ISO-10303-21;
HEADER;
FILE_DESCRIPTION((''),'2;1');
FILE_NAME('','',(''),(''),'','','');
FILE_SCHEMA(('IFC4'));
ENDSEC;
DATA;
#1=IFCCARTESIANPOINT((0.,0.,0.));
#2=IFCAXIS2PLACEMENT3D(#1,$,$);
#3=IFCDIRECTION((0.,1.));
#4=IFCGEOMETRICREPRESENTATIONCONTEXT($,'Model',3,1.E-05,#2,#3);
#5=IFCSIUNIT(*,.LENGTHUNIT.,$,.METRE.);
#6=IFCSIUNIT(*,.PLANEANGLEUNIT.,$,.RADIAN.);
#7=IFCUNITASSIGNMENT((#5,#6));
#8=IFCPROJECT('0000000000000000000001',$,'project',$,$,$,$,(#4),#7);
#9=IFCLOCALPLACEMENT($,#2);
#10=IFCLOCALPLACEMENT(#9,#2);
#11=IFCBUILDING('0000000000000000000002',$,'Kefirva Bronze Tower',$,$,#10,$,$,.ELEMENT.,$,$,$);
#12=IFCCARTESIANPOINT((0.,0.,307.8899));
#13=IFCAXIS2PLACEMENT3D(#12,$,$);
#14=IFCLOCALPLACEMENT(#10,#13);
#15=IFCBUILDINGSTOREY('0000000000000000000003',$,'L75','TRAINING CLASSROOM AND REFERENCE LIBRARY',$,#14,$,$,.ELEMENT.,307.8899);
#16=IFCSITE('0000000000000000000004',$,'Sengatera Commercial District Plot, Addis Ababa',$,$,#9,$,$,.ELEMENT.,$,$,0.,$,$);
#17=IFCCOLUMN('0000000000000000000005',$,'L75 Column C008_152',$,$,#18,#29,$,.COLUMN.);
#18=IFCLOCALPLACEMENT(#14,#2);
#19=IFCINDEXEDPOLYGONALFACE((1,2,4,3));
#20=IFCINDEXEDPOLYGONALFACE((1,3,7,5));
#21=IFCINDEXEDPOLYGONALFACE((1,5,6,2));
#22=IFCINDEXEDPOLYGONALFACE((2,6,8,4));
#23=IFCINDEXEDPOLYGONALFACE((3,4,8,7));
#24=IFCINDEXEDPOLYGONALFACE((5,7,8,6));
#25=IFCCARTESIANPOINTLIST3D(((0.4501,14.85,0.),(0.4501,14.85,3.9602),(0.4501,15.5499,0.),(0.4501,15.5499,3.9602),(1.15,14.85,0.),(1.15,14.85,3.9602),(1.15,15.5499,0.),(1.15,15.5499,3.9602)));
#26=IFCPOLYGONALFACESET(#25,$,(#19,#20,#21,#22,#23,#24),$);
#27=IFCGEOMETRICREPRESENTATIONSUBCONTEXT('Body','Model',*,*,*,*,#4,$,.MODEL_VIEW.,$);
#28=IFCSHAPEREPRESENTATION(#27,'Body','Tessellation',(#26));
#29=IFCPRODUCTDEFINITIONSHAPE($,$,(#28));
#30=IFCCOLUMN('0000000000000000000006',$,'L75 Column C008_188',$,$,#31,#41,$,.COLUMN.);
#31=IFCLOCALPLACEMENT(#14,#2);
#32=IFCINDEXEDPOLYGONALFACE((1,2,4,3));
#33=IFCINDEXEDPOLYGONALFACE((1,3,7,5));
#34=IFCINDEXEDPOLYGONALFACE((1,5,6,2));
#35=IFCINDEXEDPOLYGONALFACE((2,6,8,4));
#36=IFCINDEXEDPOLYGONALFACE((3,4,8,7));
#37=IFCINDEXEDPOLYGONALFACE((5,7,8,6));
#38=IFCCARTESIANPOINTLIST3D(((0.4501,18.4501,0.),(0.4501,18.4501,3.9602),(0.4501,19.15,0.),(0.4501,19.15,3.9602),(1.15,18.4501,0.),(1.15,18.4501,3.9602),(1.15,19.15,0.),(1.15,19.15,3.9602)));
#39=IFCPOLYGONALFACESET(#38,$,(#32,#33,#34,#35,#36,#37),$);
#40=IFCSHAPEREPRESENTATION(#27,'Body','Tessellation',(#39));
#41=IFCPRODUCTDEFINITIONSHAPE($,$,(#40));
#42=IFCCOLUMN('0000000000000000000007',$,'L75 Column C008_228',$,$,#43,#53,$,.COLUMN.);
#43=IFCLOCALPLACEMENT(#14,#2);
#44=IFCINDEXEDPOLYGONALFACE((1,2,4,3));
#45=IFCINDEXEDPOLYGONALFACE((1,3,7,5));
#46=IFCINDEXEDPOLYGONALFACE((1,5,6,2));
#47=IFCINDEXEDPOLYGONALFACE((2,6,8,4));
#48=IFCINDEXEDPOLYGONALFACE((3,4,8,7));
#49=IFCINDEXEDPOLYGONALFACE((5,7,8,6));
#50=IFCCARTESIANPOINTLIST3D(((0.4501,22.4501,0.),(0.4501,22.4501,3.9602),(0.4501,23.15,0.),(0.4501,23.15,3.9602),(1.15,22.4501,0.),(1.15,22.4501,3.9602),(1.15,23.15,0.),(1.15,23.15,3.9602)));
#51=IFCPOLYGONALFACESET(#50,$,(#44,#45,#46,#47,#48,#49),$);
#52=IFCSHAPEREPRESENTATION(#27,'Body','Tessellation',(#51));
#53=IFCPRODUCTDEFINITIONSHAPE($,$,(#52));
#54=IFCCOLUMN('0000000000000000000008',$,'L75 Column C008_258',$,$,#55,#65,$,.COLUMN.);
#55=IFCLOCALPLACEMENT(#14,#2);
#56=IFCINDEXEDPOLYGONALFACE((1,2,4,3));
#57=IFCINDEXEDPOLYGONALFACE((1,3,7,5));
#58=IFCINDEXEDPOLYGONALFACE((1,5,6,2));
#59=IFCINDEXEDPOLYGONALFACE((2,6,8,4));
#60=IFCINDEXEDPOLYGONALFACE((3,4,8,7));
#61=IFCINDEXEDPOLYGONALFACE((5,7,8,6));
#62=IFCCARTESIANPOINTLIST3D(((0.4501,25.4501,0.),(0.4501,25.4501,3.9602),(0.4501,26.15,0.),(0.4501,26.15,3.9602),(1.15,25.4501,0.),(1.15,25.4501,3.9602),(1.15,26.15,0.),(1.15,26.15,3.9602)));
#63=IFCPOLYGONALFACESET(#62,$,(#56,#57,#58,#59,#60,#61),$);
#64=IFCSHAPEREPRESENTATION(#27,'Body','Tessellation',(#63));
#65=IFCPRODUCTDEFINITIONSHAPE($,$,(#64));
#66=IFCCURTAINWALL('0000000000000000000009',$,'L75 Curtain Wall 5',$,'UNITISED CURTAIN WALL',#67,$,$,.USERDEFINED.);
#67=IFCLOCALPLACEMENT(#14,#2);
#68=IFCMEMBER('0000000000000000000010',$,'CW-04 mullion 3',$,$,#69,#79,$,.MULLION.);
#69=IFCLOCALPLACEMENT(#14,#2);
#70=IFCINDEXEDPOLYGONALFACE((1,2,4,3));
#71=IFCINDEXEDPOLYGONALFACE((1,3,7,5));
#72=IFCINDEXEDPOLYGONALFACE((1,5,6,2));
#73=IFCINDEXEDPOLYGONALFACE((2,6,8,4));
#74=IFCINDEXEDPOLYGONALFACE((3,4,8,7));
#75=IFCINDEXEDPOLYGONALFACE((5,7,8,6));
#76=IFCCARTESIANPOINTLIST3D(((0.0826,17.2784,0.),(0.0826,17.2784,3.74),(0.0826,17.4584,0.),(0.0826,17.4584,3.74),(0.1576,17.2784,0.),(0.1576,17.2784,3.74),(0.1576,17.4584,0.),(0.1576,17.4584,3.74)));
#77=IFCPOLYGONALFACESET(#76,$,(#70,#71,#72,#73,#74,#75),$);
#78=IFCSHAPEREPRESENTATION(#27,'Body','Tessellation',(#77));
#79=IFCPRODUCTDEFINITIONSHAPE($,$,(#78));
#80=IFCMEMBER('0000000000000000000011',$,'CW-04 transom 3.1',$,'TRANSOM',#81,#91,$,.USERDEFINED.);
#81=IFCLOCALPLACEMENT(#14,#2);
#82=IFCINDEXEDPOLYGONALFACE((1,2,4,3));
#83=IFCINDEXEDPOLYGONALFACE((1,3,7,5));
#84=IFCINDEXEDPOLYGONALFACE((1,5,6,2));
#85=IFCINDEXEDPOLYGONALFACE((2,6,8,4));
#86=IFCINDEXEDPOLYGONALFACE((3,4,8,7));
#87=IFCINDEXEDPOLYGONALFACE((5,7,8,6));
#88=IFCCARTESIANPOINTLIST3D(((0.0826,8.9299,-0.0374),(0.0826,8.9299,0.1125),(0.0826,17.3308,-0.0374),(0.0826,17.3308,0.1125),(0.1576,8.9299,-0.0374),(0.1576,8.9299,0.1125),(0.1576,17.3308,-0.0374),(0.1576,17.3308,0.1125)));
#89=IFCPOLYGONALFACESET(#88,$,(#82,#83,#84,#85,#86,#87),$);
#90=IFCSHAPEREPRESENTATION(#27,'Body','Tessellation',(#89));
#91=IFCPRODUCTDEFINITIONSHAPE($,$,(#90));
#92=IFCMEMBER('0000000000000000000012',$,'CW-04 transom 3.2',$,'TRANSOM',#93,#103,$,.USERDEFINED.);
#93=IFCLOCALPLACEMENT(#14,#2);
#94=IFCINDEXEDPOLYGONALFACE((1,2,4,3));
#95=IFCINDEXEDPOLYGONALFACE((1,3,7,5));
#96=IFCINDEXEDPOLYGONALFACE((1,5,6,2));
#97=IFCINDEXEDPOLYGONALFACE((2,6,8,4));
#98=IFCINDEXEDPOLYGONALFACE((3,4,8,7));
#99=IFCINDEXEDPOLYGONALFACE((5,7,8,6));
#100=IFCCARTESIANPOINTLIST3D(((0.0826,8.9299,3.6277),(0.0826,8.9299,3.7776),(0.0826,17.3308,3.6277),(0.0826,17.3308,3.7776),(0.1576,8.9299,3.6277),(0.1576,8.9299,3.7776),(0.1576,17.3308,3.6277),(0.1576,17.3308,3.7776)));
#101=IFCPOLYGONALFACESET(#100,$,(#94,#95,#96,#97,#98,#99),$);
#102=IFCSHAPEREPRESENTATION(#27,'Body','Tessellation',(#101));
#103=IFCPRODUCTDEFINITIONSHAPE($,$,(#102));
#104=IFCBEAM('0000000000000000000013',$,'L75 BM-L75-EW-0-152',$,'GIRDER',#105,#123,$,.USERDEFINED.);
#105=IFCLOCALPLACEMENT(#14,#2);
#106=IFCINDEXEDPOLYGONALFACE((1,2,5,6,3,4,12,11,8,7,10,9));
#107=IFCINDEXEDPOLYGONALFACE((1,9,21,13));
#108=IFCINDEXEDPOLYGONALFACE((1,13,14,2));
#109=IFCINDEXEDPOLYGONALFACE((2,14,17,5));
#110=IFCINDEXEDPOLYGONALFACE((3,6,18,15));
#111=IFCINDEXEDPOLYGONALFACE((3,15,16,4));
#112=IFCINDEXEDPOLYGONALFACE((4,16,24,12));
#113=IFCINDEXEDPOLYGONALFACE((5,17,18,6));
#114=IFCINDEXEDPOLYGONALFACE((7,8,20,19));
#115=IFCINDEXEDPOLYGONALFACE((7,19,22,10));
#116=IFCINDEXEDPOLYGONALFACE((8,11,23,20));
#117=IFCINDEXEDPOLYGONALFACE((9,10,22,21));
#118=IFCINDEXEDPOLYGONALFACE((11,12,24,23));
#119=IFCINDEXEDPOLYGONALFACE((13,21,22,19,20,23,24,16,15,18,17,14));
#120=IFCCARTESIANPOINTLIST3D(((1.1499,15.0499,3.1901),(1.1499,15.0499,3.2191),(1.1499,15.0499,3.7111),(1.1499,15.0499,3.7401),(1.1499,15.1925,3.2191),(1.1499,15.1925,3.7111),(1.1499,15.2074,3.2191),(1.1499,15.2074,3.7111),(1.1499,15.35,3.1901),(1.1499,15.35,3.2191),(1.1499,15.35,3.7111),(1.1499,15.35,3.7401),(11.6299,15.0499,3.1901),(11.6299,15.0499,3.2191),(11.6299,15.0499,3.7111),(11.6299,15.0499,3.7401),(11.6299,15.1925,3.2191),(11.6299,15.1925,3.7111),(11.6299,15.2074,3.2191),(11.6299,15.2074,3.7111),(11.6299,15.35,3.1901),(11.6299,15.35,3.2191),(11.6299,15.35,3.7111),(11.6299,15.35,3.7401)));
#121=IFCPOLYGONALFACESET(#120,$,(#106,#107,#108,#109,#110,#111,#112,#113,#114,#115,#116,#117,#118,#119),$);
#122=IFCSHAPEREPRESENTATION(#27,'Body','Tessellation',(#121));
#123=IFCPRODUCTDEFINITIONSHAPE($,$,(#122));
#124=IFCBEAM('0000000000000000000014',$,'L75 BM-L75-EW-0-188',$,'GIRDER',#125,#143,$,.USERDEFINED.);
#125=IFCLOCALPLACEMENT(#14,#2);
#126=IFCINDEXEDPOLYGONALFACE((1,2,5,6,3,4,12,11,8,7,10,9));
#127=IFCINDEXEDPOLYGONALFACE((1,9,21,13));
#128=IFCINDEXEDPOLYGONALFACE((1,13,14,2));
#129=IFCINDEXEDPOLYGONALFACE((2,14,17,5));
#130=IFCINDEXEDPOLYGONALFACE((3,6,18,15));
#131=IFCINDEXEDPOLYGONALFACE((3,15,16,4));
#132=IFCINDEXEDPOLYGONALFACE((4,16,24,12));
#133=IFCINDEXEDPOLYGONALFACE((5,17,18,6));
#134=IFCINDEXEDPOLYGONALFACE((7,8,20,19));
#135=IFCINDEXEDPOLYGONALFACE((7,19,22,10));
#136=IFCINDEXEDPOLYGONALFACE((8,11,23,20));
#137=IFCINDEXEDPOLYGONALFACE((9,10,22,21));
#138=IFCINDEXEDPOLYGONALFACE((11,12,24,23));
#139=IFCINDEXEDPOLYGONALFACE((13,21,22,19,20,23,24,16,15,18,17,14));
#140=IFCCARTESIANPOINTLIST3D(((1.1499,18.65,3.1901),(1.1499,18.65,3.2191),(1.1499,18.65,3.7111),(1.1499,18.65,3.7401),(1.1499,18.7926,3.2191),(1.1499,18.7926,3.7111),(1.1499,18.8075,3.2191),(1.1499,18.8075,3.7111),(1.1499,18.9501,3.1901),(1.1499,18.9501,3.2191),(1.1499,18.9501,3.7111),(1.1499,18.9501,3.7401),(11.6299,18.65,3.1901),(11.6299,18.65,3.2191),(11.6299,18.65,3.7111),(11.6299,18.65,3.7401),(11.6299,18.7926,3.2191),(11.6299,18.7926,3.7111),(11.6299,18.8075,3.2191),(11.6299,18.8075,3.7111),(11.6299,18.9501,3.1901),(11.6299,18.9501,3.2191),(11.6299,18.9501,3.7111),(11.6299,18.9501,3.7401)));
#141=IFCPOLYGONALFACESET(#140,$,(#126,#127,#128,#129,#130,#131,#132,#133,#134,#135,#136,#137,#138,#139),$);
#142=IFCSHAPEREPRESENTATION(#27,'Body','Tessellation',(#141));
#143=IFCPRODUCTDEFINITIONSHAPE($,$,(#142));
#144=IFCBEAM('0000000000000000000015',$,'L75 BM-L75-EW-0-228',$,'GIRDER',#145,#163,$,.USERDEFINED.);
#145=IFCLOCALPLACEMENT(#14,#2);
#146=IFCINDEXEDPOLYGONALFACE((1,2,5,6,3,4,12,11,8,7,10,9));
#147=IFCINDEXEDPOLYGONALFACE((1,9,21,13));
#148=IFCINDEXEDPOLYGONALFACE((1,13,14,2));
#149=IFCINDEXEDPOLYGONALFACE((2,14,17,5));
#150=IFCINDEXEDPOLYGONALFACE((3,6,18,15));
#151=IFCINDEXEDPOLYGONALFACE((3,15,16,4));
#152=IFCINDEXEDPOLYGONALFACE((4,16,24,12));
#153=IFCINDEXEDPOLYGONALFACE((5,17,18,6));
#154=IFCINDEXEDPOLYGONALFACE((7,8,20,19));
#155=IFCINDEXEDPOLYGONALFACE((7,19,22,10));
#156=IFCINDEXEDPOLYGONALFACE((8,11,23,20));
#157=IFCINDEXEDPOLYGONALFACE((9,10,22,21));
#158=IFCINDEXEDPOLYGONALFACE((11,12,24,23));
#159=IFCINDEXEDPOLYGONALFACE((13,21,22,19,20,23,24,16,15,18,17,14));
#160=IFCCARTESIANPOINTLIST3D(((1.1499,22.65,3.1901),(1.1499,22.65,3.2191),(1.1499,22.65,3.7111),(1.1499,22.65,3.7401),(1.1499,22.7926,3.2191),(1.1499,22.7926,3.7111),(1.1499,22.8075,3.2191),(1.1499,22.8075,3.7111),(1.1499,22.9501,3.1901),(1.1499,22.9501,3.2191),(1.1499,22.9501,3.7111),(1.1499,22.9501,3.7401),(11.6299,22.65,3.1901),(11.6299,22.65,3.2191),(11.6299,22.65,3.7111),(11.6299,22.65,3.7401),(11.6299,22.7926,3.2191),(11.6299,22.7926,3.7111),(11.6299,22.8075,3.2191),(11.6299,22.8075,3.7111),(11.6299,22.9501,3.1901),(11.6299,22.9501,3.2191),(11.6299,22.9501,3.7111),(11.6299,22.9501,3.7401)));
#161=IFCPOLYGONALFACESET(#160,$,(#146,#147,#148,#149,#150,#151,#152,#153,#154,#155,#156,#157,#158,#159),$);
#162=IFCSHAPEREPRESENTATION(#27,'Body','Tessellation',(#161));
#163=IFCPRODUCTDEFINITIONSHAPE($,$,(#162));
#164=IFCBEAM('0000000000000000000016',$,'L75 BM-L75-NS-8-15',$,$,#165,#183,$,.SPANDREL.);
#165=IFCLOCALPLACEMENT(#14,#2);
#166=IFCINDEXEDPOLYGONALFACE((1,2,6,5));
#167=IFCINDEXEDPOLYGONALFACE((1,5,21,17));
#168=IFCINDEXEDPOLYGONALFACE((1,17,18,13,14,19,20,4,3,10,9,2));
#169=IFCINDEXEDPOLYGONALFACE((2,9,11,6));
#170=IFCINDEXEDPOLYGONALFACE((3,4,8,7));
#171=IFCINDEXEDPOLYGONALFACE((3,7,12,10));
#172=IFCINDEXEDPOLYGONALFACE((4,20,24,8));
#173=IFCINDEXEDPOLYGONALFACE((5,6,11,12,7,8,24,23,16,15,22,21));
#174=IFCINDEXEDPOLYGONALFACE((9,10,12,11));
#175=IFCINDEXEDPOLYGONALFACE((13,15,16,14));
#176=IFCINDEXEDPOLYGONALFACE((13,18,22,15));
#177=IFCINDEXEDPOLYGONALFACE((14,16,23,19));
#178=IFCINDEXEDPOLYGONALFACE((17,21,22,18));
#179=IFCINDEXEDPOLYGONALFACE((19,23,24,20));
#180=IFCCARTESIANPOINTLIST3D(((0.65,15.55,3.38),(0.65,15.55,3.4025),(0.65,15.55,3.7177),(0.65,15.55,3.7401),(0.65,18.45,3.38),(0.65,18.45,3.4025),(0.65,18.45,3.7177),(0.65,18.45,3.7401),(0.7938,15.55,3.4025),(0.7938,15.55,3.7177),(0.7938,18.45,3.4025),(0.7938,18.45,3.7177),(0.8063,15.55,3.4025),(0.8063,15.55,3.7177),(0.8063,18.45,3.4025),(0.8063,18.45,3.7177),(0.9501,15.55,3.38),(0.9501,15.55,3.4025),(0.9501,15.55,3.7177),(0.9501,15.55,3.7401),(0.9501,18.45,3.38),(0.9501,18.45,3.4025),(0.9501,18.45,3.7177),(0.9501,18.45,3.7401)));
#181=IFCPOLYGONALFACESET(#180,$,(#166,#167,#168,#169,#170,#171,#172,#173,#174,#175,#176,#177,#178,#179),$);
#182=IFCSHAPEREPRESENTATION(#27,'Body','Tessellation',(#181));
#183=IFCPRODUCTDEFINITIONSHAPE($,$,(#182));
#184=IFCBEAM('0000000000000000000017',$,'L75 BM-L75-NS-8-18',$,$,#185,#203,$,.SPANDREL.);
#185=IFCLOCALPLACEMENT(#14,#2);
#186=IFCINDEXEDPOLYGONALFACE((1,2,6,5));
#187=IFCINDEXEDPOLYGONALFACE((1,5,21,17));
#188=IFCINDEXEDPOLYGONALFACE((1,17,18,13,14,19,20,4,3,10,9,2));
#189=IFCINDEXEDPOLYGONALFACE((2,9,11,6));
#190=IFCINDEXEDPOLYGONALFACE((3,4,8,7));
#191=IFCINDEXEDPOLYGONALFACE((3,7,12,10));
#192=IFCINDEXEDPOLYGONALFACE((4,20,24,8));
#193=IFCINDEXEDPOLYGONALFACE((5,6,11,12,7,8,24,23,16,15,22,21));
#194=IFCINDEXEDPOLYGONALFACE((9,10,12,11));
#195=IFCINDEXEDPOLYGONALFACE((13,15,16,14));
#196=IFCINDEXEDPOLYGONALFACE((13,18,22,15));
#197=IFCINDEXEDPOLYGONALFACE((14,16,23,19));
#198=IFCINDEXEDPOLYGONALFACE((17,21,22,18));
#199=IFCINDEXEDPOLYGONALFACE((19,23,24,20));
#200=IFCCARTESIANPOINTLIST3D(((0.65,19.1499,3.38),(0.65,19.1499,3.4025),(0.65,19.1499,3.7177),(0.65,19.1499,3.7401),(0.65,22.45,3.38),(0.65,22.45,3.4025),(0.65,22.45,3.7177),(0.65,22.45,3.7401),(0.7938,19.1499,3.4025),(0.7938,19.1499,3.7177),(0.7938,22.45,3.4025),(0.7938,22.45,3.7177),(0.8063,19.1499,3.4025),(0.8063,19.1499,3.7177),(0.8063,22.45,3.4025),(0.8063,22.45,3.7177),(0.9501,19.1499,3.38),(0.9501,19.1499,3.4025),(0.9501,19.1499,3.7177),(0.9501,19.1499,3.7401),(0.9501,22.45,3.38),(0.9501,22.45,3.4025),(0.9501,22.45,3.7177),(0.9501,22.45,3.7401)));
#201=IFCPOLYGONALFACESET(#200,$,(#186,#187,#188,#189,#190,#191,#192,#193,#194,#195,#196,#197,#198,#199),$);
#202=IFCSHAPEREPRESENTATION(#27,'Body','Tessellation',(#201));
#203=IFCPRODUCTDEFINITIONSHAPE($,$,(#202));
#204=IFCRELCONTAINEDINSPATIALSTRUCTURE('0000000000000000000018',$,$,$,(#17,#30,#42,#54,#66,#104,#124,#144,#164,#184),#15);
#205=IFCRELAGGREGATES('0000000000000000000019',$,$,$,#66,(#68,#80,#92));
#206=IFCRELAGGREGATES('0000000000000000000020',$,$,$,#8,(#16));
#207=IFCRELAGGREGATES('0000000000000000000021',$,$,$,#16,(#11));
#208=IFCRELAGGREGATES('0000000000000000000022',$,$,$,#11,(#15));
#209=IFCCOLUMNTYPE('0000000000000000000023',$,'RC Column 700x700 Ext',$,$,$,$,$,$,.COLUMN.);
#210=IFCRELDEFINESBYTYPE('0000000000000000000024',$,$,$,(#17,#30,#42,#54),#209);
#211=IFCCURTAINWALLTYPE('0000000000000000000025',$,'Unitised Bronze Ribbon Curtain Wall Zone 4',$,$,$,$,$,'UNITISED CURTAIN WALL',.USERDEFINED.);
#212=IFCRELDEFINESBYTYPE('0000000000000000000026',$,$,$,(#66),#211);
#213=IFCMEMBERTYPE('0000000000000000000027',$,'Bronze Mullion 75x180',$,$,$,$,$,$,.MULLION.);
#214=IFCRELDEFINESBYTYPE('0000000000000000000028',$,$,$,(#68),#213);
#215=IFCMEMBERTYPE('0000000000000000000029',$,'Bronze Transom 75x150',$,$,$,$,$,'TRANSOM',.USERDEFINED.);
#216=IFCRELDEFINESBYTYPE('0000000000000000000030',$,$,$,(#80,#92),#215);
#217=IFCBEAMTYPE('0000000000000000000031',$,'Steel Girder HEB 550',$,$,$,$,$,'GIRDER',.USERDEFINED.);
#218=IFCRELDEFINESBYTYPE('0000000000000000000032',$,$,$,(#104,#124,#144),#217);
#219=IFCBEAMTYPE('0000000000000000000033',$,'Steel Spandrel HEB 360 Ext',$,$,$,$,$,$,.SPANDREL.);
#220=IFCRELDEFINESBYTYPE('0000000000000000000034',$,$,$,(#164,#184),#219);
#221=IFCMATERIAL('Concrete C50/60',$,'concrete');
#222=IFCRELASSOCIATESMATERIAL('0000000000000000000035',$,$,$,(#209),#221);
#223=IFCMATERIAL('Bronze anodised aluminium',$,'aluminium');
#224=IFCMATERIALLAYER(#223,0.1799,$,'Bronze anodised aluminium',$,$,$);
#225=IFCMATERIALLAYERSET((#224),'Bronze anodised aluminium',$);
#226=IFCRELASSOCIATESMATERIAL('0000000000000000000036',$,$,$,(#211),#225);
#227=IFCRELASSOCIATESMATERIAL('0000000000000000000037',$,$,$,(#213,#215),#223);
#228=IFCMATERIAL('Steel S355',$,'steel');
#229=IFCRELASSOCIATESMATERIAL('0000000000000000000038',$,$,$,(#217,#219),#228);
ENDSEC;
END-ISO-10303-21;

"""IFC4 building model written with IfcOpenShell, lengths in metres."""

from ifc_helpers import new_model, si_unit, direction, frame, origin, origin_2d, place, context, subcontext, project, spatial, rectangle, i_section, extrude, material, layer, layer_set, material_profile, profile_set, type_object, element, aggregate, save


model = new_model("IFC4")

# Units and contexts
model_context = context("Model", 3, precision=1e-05, world=origin(), true_north=direction((0.0, 1.0)))
body_context = subcontext(model_context, "Body", "Model", "MODEL_VIEW")
ifc_project = project(units=[si_unit("LENGTHUNIT", "METRE"), si_unit("PLANEANGLEUNIT", "RADIAN")], contexts=[model_context])

# Site, building, storey
site_placement = place(None, origin())
site = spatial("IfcSite", under=ifc_project, at=site_placement, Name="Sengatera Commercial District Plot, Addis Ababa", CompositionType="ELEMENT", RefElevation=0.0)
building_placement = place(site_placement, origin())
building = spatial("IfcBuilding", under=site, at=building_placement, Name="Kefirva Bronze Tower", CompositionType="ELEMENT")
storey_placement = place(building_placement, frame((0.0, 0.0, 307.8899)))
storey = spatial("IfcBuildingStorey", under=building, at=storey_placement, Name="L75", Description="TRAINING CLASSROOM AND REFERENCE LIBRARY", CompositionType="ELEMENT", Elevation=307.8899)

# Columns
ifc_material_1 = material(Name="Concrete C50/60", Category="concrete")
ifc_material_profile_1 = material_profile(ifc_material_1, rectangle(XDim=0.7, YDim=0.7, at=origin_2d()), Name="RC 700x700")
ifc_profile_set_1 = profile_set([ifc_material_profile_1], Name="Concrete C50/60")
column_type = type_object("IfcColumnType", Name="RC Column 700x700 Ext", PredefinedType="COLUMN", material=ifc_profile_set_1)
for number, where, z_axis, x_axis, name in (
    (1, (0.8, 15.2, 0.0), (0.0, 0.0, 1.0), (1.0, 0.0, 0.0), "L75 Column C008_152"),
    (2, (0.8, 18.8, 0.0), (0.0, 0.0, 1.0), (1.0, 0.0, 0.0), "L75 Column C008_188"),
    (3, (0.8, 22.8, 0.0), (0.0, 0.0, 1.0), (1.0, 0.0, 0.0), "L75 Column C008_228"),
    (4, (0.8, 25.8, 0.0), (0.0, 0.0, 1.0), (1.0, 0.0, 0.0), "L75 Column C008_258"),
):
    element("IfcColumn", number, at=place(storey_placement, frame(where, z_axis=z_axis, x_axis=x_axis)), inside=storey, type_object=column_type, Name=name, PredefinedType="COLUMN", context=body_context, shape_type="SweptSolid", body=[
        extrude(rectangle(XDim=0.7, YDim=0.7, at=origin_2d()), origin(), (0.0, 0.0, 1.0), 3.9602),
    ])

# Curtain wall, members
ifc_material_2 = material(Name="Bronze anodised aluminium", Category="aluminium")
ifc_layer_1 = layer(ifc_material_2, 0.1799, Name="Bronze anodised aluminium")
ifc_layer_set_1 = layer_set([ifc_layer_1], Name="Bronze anodised aluminium")
curtain_wall_type = type_object("IfcCurtainWallType", Name="Unitised Bronze Ribbon Curtain Wall Zone 4", ElementType="UNITISED CURTAIN WALL", PredefinedType="USERDEFINED", material=ifc_layer_set_1)
curtain_wall_placement = place(storey_placement, origin())
curtain_wall = element("IfcCurtainWall", 5, at=curtain_wall_placement, inside=storey, type_object=curtain_wall_type, Name="L75 Curtain Wall 5", ObjectType="UNITISED CURTAIN WALL", PredefinedType="USERDEFINED")
ifc_material_profile_2 = material_profile(ifc_material_2, rectangle(XDim=0.075, YDim=0.1799, at=origin_2d()), Name="ALU 75x180")
ifc_profile_set_2 = profile_set([ifc_material_profile_2], Name="Bronze anodised aluminium")
member_type_1 = type_object("IfcMemberType", Name="Bronze Mullion 75x180", PredefinedType="MULLION", material=ifc_profile_set_2)
member_1_placement = place(storey_placement, frame((0.1201, 17.3684, 0.0), z_axis=(0.0, 0.0, 1.0), x_axis=(1.0, 0.0, 0.0)))
member_1 = element("IfcMember", 6, at=member_1_placement, type_object=member_type_1, Name="CW-04 mullion 3", PredefinedType="MULLION", context=body_context, shape_type="SweptSolid", body=[
    extrude(rectangle(XDim=0.075, YDim=0.1799, at=origin_2d()), origin(), (0.0, 0.0, 1.0), 3.74),
])
ifc_material_profile_3 = material_profile(ifc_material_2, rectangle(XDim=0.075, YDim=0.1499, at=origin_2d()), Name="ALU 75x150")
ifc_profile_set_3 = profile_set([ifc_material_profile_3], Name="Bronze anodised aluminium")
member_type_2 = type_object("IfcMemberType", Name="Bronze Transom 75x150", ElementType="TRANSOM", PredefinedType="USERDEFINED", material=ifc_profile_set_3)
member_2_placement = place(storey_placement, frame((0.1201, 17.3308, 0.0376), z_axis=(0.0, -1.0, 0.0), x_axis=(1.0, 0.0, 0.0)))
member_2 = element("IfcMember", 7, at=member_2_placement, type_object=member_type_2, Name="CW-04 transom 3.1", ObjectType="TRANSOM", PredefinedType="USERDEFINED", context=body_context, shape_type="SweptSolid", body=[
    extrude(rectangle(XDim=0.075, YDim=0.1499, at=origin_2d()), origin(), (0.0, 0.0, 1.0), 8.4009),
])
member_3_placement = place(storey_placement, frame((0.1201, 17.3308, 3.7026), z_axis=(0.0, -1.0, 0.0), x_axis=(1.0, 0.0, 0.0)))
member_3 = element("IfcMember", 8, at=member_3_placement, type_object=member_type_2, Name="CW-04 transom 3.2", ObjectType="TRANSOM", PredefinedType="USERDEFINED", context=body_context, shape_type="SweptSolid", body=[
    extrude(rectangle(XDim=0.075, YDim=0.1499, at=origin_2d()), origin(), (0.0, 0.0, 1.0), 8.4009),
])

# Beams
ifc_material_3 = material(Name="Steel S355", Category="steel")
ifc_material_profile_4 = material_profile(ifc_material_3, i_section(OverallWidth=0.3, OverallDepth=0.55, WebThickness=0.0149, FlangeThickness=0.0291, at=origin_2d()), Name="HEB 550")
ifc_profile_set_4 = profile_set([ifc_material_profile_4], Name="Steel S355")
beam_type_1 = type_object("IfcBeamType", Name="Steel Girder HEB 550", ElementType="GIRDER", PredefinedType="USERDEFINED", material=ifc_profile_set_4)
for number, where, z_axis, x_axis, name in (
    (9, (1.1499, 15.2, 3.4651), (1.0, 0.0, 0.0), (0.0, 1.0, 0.0), "L75 BM-L75-EW-0-152"),
    (10, (1.1499, 18.8, 3.4651), (1.0, 0.0, 0.0), (0.0, 1.0, 0.0), "L75 BM-L75-EW-0-188"),
    (11, (1.1499, 22.8, 3.4651), (1.0, 0.0, 0.0), (0.0, 1.0, 0.0), "L75 BM-L75-EW-0-228"),
):
    element("IfcBeam", number, at=place(storey_placement, frame(where, z_axis=z_axis, x_axis=x_axis)), inside=storey, type_object=beam_type_1, Name=name, ObjectType="GIRDER", PredefinedType="USERDEFINED", context=body_context, shape_type="SweptSolid", body=[
        extrude(i_section(OverallWidth=0.3, OverallDepth=0.55, WebThickness=0.0149, FlangeThickness=0.0291, at=origin_2d()), origin(), (0.0, 0.0, 1.0), 10.48),
    ])
ifc_material_profile_5 = material_profile(ifc_material_3, i_section(OverallWidth=0.3, OverallDepth=0.3601, WebThickness=0.0125, FlangeThickness=0.0225, at=origin_2d()), Name="HEB 360")
ifc_profile_set_5 = profile_set([ifc_material_profile_5], Name="Steel S355")
beam_type_2 = type_object("IfcBeamType", Name="Steel Spandrel HEB 360 Ext", PredefinedType="SPANDREL", material=ifc_profile_set_5)
beam_1_placement = place(storey_placement, frame((0.8, 15.55, 3.5601), z_axis=(0.0, 1.0, 0.0), x_axis=(-1.0, 0.0, 0.0)))
element("IfcBeam", 12, at=beam_1_placement, inside=storey, type_object=beam_type_2, Name="L75 BM-L75-NS-8-15", PredefinedType="SPANDREL", context=body_context, shape_type="SweptSolid", body=[
    extrude(i_section(OverallWidth=0.3, OverallDepth=0.3601, WebThickness=0.0125, FlangeThickness=0.0225, at=origin_2d()), origin(), (0.0, 0.0, 1.0), 2.8999),
])
beam_2_placement = place(storey_placement, frame((0.8, 19.1499, 3.5601), z_axis=(0.0, 1.0, 0.0), x_axis=(-1.0, 0.0, 0.0)))
element("IfcBeam", 13, at=beam_2_placement, inside=storey, type_object=beam_type_2, Name="L75 BM-L75-NS-8-18", PredefinedType="SPANDREL", context=body_context, shape_type="SweptSolid", body=[
    extrude(i_section(OverallWidth=0.3, OverallDepth=0.3601, WebThickness=0.0125, FlangeThickness=0.0225, at=origin_2d()), origin(), (0.0, 0.0, 1.0), 3.3),
])

aggregate(curtain_wall, [member_1, member_2, member_3])

save(model, "model.ifc")
